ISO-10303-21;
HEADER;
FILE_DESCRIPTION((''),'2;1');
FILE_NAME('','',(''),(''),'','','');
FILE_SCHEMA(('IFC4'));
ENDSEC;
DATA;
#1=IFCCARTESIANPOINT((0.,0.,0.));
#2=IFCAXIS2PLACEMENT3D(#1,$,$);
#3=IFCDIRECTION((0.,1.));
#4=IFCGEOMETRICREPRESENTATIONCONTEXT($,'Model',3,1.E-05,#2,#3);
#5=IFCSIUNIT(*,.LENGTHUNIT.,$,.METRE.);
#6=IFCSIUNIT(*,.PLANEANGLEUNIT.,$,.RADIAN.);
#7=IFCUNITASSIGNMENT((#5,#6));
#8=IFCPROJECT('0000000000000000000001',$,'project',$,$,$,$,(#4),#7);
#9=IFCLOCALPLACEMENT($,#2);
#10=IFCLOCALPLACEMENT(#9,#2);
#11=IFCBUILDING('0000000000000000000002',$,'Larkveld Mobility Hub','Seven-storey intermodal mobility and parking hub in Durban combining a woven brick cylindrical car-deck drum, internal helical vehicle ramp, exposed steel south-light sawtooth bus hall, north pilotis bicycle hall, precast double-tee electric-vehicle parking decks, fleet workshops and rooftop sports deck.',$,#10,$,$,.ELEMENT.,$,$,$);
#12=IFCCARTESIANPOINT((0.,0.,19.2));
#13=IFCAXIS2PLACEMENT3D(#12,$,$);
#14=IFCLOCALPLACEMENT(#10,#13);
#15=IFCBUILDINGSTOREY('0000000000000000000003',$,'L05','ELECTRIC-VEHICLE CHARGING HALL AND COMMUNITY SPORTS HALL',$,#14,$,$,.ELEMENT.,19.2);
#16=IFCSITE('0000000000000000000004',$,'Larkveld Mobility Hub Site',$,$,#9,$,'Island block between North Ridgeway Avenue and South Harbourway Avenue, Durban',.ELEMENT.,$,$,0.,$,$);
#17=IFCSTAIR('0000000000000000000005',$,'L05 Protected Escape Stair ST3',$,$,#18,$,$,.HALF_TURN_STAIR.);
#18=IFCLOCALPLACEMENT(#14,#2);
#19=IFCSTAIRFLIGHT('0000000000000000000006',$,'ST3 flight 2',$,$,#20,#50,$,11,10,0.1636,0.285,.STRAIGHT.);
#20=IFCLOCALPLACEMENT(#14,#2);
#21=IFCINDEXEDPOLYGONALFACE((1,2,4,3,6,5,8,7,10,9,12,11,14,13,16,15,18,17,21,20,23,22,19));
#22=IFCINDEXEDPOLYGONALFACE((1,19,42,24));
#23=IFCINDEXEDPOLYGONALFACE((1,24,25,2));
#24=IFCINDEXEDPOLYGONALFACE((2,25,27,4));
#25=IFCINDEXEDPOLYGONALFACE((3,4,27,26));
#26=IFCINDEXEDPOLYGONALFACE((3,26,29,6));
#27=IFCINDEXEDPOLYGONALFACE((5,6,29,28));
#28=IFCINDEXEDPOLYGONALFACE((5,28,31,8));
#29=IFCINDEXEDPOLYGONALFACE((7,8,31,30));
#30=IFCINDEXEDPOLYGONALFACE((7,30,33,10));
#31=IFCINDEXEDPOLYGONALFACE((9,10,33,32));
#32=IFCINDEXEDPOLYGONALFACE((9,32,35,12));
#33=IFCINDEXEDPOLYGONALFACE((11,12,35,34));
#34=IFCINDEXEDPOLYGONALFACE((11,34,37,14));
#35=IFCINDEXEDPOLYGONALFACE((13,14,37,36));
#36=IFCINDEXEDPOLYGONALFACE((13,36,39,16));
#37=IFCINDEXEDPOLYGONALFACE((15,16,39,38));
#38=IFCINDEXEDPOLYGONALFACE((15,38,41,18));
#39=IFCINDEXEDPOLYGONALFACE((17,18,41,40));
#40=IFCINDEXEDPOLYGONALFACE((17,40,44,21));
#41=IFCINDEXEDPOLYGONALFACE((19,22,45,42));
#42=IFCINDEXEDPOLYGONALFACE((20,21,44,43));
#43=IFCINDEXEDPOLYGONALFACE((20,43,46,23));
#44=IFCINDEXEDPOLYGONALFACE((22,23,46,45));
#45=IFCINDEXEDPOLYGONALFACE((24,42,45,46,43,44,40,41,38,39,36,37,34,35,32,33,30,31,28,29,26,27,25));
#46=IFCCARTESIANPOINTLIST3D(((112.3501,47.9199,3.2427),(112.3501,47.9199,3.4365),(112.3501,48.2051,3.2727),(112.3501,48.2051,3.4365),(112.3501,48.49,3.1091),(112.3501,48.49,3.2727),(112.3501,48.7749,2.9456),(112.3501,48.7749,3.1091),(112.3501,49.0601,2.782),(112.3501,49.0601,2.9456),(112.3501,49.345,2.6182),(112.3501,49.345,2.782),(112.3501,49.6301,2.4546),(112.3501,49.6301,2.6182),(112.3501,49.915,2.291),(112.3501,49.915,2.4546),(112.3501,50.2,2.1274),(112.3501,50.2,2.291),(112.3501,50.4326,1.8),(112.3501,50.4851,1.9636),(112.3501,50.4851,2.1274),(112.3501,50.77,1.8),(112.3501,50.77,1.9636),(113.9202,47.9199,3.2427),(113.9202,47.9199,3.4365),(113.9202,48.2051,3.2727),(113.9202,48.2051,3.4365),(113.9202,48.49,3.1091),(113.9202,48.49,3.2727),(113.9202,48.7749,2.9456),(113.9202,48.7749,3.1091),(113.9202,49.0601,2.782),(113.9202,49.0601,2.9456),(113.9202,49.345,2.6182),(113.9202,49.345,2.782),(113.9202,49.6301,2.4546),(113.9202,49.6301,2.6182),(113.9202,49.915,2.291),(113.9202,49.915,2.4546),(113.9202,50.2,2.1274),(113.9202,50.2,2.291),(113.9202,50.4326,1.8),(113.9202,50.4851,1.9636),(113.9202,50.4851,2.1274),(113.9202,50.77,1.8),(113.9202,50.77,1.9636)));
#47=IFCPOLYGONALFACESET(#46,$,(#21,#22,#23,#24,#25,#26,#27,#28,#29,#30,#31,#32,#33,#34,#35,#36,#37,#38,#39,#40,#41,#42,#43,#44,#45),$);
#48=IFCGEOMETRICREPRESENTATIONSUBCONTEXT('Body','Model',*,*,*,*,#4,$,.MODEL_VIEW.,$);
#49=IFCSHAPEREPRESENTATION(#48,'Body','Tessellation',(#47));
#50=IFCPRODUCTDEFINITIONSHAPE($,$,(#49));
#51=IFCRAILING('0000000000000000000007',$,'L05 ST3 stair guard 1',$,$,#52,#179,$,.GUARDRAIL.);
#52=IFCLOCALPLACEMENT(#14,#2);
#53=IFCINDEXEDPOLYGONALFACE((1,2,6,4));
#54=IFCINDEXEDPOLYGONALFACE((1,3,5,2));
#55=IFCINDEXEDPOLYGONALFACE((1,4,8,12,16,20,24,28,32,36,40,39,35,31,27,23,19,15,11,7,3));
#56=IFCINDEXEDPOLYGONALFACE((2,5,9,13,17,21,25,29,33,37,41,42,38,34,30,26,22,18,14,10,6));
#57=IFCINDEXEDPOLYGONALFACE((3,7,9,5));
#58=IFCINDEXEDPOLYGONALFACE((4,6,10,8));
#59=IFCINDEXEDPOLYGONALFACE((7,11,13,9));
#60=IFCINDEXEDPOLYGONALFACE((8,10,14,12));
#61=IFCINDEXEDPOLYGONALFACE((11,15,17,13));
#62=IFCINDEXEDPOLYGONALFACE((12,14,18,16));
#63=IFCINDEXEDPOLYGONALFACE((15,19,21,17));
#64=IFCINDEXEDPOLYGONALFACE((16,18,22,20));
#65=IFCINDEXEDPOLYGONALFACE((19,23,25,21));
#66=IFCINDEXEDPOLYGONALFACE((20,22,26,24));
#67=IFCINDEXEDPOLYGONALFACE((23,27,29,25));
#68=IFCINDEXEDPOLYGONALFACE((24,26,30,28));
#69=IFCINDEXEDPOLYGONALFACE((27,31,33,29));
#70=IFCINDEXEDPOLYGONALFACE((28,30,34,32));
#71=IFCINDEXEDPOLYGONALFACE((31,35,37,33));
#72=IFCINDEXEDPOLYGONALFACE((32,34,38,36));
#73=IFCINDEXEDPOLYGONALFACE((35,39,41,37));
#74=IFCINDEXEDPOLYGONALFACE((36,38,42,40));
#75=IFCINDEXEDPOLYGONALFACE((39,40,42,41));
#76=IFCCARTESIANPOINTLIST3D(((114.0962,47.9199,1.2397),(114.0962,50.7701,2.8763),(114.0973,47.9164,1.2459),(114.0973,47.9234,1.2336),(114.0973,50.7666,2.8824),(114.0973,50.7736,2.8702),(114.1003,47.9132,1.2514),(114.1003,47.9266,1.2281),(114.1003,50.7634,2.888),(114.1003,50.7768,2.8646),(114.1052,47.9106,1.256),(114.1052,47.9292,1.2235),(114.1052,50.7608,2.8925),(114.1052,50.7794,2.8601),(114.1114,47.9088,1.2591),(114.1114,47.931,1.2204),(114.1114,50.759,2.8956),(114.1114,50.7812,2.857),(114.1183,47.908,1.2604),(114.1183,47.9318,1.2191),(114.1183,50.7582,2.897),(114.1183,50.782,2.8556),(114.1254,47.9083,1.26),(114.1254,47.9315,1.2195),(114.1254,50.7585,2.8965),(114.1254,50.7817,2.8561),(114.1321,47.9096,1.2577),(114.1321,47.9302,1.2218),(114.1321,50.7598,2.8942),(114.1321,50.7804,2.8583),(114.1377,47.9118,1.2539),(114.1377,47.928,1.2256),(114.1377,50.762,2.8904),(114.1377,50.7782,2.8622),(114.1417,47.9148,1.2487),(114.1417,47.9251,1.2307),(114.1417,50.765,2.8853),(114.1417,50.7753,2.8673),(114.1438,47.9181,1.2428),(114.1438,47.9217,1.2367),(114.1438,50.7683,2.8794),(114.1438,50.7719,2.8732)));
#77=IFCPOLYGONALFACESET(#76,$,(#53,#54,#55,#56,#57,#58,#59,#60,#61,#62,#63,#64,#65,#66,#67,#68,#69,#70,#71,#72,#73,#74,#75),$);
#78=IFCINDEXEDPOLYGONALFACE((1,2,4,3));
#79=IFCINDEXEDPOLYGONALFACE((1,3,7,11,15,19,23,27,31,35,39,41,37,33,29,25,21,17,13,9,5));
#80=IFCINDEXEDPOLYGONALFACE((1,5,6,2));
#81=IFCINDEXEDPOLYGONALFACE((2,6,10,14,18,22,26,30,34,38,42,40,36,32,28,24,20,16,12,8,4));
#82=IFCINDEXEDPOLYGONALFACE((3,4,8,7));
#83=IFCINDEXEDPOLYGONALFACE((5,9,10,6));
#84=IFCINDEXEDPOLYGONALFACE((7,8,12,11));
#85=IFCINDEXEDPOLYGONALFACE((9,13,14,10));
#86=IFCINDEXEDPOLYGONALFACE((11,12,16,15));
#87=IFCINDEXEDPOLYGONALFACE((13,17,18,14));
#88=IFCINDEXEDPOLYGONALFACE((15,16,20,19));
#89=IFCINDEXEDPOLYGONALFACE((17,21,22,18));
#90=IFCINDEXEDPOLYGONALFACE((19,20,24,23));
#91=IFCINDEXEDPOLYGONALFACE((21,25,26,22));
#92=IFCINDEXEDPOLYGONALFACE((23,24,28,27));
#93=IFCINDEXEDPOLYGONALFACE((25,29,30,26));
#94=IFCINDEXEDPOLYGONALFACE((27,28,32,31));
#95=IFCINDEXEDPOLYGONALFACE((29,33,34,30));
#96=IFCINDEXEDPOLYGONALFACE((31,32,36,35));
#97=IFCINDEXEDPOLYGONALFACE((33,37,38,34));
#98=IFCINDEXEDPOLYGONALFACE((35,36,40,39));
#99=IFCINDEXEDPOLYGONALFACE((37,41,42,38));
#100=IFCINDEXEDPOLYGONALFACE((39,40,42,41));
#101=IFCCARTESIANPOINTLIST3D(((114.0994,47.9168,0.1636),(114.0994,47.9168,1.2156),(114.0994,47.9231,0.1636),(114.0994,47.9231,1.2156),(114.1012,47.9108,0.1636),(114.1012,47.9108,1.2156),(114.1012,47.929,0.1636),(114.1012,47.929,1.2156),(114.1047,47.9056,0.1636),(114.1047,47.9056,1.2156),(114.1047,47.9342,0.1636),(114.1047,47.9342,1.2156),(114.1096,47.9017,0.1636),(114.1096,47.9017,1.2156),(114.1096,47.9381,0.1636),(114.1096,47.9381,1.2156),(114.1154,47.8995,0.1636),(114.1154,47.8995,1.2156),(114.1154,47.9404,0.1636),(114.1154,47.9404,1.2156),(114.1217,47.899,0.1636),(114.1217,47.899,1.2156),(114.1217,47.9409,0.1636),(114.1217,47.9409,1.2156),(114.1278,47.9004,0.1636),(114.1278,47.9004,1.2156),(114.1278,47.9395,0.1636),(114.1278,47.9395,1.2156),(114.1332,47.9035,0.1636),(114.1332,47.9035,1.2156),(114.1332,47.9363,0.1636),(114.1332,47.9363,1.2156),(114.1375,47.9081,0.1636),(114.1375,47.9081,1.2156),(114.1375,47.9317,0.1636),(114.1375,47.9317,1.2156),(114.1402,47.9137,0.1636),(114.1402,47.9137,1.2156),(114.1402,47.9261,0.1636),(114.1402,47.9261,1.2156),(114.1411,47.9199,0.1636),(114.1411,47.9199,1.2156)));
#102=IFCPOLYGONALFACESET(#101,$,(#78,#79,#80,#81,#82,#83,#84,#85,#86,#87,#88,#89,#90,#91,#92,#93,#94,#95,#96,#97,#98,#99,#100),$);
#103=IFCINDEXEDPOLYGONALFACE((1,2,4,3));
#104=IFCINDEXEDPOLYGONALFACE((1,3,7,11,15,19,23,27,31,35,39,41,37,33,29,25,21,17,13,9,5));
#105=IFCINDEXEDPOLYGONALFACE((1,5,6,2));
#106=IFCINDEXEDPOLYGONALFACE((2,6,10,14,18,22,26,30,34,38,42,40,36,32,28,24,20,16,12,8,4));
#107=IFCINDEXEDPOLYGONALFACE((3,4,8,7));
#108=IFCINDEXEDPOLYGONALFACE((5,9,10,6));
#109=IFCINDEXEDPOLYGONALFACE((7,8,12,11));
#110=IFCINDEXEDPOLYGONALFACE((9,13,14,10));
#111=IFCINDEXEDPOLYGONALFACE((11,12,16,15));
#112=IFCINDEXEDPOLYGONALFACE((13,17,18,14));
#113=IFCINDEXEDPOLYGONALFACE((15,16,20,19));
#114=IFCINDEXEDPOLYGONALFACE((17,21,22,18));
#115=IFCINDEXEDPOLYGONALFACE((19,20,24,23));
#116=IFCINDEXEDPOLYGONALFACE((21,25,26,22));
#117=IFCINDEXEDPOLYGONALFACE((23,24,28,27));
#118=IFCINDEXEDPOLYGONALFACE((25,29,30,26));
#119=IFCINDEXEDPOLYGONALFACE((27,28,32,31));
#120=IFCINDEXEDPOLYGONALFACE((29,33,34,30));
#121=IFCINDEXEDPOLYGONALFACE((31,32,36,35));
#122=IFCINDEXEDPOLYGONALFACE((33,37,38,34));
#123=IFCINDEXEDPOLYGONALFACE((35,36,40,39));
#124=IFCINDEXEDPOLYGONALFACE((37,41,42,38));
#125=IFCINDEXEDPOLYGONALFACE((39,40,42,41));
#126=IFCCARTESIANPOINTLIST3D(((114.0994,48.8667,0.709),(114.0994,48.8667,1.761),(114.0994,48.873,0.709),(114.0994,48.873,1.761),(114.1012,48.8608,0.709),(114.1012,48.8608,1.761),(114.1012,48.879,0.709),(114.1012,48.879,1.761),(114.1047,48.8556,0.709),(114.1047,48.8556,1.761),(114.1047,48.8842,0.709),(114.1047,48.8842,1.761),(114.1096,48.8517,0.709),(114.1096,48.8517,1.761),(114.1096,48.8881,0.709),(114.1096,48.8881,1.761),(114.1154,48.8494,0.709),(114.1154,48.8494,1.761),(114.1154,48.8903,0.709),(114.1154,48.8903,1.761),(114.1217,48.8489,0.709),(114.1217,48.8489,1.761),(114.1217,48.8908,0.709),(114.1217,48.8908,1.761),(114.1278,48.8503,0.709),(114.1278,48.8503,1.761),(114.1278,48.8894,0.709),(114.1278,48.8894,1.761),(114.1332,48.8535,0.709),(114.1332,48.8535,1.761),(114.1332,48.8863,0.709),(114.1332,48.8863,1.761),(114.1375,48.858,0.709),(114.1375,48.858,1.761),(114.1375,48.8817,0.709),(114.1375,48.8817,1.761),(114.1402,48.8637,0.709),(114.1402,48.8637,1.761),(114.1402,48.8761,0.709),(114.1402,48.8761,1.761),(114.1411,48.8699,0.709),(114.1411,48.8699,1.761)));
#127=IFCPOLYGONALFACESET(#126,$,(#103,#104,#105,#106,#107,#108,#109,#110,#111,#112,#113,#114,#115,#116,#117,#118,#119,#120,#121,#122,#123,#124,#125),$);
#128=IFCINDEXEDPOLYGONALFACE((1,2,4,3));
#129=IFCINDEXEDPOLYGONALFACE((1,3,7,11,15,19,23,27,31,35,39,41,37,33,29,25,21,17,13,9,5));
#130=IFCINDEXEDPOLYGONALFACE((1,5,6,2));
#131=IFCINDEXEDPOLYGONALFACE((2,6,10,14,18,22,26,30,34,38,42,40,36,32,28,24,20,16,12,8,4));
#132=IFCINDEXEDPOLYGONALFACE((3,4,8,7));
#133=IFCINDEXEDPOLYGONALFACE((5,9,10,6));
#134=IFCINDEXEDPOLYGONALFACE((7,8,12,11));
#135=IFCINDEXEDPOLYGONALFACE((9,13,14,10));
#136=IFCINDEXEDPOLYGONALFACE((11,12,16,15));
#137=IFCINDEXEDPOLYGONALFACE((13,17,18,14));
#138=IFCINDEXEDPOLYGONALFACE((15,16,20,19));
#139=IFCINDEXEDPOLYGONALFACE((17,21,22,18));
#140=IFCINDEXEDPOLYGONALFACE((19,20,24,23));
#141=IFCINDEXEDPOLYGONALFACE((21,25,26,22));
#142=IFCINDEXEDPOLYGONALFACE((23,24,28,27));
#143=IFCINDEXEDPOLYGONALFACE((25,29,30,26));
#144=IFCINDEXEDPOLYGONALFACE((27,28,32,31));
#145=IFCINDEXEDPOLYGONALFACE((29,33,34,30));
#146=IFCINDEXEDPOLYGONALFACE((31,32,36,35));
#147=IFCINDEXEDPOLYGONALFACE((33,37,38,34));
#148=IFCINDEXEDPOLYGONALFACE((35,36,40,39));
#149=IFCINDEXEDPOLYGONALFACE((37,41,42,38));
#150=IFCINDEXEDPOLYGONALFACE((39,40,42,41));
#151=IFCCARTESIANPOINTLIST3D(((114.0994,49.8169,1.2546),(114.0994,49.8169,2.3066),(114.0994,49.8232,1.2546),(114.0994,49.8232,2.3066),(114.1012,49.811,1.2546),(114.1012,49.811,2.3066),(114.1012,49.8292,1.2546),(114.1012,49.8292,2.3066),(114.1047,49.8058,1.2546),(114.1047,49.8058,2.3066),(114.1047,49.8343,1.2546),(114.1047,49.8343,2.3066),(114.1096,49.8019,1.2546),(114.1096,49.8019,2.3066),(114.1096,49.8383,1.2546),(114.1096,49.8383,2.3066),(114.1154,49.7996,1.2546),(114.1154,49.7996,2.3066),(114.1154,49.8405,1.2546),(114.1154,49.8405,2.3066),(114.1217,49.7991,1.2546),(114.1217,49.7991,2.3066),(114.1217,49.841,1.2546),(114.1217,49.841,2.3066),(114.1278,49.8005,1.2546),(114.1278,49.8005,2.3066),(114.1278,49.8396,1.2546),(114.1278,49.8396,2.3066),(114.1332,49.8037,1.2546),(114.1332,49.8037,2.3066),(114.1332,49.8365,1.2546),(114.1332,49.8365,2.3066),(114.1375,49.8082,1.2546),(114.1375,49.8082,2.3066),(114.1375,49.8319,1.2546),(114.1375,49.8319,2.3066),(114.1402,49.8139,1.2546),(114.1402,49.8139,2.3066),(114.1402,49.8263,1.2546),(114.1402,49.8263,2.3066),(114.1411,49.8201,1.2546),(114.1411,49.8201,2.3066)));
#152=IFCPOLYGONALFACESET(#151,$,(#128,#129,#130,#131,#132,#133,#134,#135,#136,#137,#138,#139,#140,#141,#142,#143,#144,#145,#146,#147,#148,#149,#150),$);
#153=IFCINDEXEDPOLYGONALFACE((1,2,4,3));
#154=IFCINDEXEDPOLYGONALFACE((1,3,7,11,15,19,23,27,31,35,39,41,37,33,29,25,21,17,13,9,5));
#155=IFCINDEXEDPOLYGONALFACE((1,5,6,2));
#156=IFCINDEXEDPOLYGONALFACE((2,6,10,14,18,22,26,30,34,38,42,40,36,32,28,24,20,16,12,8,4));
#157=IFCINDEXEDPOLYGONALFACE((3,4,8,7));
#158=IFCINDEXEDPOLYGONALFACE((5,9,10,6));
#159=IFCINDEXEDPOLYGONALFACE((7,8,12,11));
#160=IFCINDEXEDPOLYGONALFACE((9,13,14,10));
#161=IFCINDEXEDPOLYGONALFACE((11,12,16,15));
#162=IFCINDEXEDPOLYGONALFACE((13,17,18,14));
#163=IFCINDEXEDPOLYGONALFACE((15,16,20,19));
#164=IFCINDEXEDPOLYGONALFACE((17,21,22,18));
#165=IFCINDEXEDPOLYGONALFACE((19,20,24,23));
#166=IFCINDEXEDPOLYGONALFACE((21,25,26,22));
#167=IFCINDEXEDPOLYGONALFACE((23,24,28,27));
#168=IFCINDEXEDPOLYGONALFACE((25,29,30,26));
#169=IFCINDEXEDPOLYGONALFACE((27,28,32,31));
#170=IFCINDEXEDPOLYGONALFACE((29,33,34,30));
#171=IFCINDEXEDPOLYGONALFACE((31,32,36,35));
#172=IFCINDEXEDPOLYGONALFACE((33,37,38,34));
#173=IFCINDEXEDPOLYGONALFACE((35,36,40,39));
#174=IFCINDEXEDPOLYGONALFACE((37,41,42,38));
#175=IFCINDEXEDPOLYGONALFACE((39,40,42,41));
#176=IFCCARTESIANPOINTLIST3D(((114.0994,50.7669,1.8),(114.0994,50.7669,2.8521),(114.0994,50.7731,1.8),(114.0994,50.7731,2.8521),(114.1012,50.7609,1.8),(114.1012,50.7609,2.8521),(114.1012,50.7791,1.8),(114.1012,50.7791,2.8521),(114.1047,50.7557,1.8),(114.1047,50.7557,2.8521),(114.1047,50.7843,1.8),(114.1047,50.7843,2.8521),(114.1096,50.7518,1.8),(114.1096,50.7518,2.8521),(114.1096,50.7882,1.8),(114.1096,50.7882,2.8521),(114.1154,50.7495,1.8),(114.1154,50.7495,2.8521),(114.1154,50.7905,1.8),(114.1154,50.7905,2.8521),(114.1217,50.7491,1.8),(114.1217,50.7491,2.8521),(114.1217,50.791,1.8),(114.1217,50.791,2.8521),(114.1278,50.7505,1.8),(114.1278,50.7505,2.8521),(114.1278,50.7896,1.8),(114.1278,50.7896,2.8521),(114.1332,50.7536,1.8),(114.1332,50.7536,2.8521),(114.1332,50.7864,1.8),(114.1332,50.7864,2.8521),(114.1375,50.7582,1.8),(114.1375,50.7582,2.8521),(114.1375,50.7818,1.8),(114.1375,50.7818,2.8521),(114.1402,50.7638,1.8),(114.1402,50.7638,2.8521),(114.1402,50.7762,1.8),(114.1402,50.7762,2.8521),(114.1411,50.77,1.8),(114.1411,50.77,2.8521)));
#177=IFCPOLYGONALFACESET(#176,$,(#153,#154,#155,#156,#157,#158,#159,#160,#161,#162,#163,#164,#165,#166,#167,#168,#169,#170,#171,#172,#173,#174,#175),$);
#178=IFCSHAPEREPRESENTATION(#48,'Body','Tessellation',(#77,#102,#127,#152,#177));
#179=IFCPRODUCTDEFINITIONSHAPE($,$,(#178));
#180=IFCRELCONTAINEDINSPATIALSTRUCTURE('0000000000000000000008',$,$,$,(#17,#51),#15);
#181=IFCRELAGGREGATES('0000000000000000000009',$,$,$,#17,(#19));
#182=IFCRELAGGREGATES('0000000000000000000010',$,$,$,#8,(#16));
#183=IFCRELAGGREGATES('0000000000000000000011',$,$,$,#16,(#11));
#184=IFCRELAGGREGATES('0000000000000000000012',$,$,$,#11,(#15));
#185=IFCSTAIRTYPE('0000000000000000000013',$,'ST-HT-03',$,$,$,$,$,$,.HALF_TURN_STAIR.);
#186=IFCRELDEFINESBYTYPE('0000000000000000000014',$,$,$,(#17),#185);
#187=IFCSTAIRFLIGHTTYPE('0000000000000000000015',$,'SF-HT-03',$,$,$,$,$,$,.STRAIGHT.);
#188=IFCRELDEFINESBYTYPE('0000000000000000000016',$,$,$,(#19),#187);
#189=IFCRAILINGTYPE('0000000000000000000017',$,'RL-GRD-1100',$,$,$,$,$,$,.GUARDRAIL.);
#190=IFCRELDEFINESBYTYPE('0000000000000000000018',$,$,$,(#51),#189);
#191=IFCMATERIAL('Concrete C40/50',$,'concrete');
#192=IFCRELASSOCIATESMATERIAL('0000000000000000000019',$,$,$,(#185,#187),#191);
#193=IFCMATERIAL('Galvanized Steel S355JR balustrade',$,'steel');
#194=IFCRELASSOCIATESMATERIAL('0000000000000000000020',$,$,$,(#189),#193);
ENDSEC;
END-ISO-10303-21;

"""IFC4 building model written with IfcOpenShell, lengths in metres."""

from ifc_helpers import new_model, si_unit, direction, frame, origin, origin_2d, place, context, subcontext, project, spatial, polyline, circle, outline, extrude, material, type_object, element, aggregate, save


model = new_model("IFC4")

# Units and contexts
model_context = context("Model", 3, precision=1e-05, world=origin(), true_north=direction((0.0, 1.0)))
body_context = subcontext(model_context, "Body", "Model", "MODEL_VIEW")
ifc_project = project(units=[si_unit("LENGTHUNIT", "METRE"), si_unit("PLANEANGLEUNIT", "RADIAN")], contexts=[model_context])

# Site, building, storey
site_placement = place(None, origin())
site = spatial("IfcSite", under=ifc_project, at=site_placement, Name="Larkveld Mobility Hub Site", LongName="Island block between North Ridgeway Avenue and South Harbourway Avenue, Durban", CompositionType="ELEMENT", RefElevation=0.0)
building_placement = place(site_placement, origin())
building = spatial("IfcBuilding", under=site, at=building_placement, Name="Larkveld Mobility Hub", Description="Seven-storey intermodal mobility and parking hub in Durban combining a woven brick cylindrical car-deck drum, internal helical vehicle ramp, exposed steel south-light sawtooth bus hall, north pilotis bicycle hall, precast double-tee electric-vehicle parking decks, fleet workshops and rooftop sports deck.", CompositionType="ELEMENT")
storey_placement = place(building_placement, frame((0.0, 0.0, 19.2)))
storey = spatial("IfcBuildingStorey", under=building, at=storey_placement, Name="L05", Description="ELECTRIC-VEHICLE CHARGING HALL AND COMMUNITY SPORTS HALL", CompositionType="ELEMENT", Elevation=19.2)

# Shared definitions
ifc_material_1 = material(Name="Concrete C40/50", Category="concrete")

# Stair, stair flight
stair_type = type_object("IfcStairType", Name="ST-HT-03", PredefinedType="HALF_TURN_STAIR", material=ifc_material_1)
stair_placement = place(storey_placement, origin())
stair = element("IfcStair", 1, at=stair_placement, inside=storey, type_object=stair_type, Name="L05 Protected Escape Stair ST3", PredefinedType="HALF_TURN_STAIR")
stair_flight_type = type_object("IfcStairFlightType", Name="SF-HT-03", PredefinedType="STRAIGHT", material=ifc_material_1)
stair_flight_placement = place(storey_placement, frame((113.135, 50.77, 1.8), z_axis=(0.0, 0.0, 1.0), x_axis=(0.0, -1.0, 0.0)))
stair_flight = element("IfcStairFlight", 2, at=stair_flight_placement, type_object=stair_flight_type, Name="ST3 flight 2", NumberOfRisers=11, NumberOfTreads=10, PredefinedType="STRAIGHT", RiserHeight=0.1636, TreadLength=0.285, context=body_context, shape_type="SweptSolid", body=[
    extrude(outline(polyline([(0.0, 0.0), (0.0, 0.1636), (0.2849, 0.1636), (0.2849, 0.3274), (0.5701, 0.3274), (0.5701, 0.491), (0.855, 0.491), (0.855, 0.6545), (1.1399, 0.6545), (1.1399, 0.8181), (1.425, 0.8181), (1.425, 0.9819), (1.71, 0.9819), (1.71, 1.1455), (1.9951, 1.1455), (1.9951, 1.3091), (2.28, 1.3091), (2.28, 1.4727), (2.5649, 1.4727), (2.5649, 1.6365), (2.8501, 1.6365), (2.8501, 1.8), (2.8501, 1.4426), (0.3374, 0.0), (0.0, 0.0)])), frame((0.0, 0.7852, 0.0), z_axis=(0.0, -1.0, 0.0), x_axis=(1.0, 0.0, 0.0)), (0.0, 0.0, 1.0), 1.5701),
])
aggregate(stair, [stair_flight])

# Railing
ifc_material_2 = material(Name="Galvanized Steel S355JR balustrade", Category="steel")
railing_type_1 = type_object("IfcRailingType", Name="RL-GRD-1100", PredefinedType="GUARDRAIL", material=ifc_material_2)
railing_1_placement = place(storey_placement, frame((114.1201, 47.9199, 0.1636)))
element("IfcRailing", 3, at=railing_1_placement, inside=storey, type_object=railing_type_1, Name="L05 ST3 stair guard 1", PredefinedType="GUARDRAIL", context=body_context, shape_type="SweptSolid", body=[
    extrude(circle(Radius=0.0239, at=origin_2d()), frame((0.0, 0.0, 1.0762), z_axis=(0.0, 0.867213, 0.497938), x_axis=(-1.0, 0.0, 0.0)), (0.0, 0.0, 1.0), 3.2866),
    extrude(circle(Radius=0.021, at=origin_2d()), origin(), (0.0, 0.0, 1.0), 1.052),
    extrude(circle(Radius=0.021, at=origin_2d()), frame((0.0, 0.95, 0.5454)), (0.0, 0.0, 1.0), 1.052),
    extrude(circle(Radius=0.021, at=origin_2d()), frame((0.0, 1.9001, 1.0911)), (0.0, 0.0, 1.0), 1.052),
    extrude(circle(Radius=0.021, at=origin_2d()), frame((0.0, 2.8501, 1.6365)), (0.0, 0.0, 1.0), 1.052),
])

save(model, "model.ifc")
